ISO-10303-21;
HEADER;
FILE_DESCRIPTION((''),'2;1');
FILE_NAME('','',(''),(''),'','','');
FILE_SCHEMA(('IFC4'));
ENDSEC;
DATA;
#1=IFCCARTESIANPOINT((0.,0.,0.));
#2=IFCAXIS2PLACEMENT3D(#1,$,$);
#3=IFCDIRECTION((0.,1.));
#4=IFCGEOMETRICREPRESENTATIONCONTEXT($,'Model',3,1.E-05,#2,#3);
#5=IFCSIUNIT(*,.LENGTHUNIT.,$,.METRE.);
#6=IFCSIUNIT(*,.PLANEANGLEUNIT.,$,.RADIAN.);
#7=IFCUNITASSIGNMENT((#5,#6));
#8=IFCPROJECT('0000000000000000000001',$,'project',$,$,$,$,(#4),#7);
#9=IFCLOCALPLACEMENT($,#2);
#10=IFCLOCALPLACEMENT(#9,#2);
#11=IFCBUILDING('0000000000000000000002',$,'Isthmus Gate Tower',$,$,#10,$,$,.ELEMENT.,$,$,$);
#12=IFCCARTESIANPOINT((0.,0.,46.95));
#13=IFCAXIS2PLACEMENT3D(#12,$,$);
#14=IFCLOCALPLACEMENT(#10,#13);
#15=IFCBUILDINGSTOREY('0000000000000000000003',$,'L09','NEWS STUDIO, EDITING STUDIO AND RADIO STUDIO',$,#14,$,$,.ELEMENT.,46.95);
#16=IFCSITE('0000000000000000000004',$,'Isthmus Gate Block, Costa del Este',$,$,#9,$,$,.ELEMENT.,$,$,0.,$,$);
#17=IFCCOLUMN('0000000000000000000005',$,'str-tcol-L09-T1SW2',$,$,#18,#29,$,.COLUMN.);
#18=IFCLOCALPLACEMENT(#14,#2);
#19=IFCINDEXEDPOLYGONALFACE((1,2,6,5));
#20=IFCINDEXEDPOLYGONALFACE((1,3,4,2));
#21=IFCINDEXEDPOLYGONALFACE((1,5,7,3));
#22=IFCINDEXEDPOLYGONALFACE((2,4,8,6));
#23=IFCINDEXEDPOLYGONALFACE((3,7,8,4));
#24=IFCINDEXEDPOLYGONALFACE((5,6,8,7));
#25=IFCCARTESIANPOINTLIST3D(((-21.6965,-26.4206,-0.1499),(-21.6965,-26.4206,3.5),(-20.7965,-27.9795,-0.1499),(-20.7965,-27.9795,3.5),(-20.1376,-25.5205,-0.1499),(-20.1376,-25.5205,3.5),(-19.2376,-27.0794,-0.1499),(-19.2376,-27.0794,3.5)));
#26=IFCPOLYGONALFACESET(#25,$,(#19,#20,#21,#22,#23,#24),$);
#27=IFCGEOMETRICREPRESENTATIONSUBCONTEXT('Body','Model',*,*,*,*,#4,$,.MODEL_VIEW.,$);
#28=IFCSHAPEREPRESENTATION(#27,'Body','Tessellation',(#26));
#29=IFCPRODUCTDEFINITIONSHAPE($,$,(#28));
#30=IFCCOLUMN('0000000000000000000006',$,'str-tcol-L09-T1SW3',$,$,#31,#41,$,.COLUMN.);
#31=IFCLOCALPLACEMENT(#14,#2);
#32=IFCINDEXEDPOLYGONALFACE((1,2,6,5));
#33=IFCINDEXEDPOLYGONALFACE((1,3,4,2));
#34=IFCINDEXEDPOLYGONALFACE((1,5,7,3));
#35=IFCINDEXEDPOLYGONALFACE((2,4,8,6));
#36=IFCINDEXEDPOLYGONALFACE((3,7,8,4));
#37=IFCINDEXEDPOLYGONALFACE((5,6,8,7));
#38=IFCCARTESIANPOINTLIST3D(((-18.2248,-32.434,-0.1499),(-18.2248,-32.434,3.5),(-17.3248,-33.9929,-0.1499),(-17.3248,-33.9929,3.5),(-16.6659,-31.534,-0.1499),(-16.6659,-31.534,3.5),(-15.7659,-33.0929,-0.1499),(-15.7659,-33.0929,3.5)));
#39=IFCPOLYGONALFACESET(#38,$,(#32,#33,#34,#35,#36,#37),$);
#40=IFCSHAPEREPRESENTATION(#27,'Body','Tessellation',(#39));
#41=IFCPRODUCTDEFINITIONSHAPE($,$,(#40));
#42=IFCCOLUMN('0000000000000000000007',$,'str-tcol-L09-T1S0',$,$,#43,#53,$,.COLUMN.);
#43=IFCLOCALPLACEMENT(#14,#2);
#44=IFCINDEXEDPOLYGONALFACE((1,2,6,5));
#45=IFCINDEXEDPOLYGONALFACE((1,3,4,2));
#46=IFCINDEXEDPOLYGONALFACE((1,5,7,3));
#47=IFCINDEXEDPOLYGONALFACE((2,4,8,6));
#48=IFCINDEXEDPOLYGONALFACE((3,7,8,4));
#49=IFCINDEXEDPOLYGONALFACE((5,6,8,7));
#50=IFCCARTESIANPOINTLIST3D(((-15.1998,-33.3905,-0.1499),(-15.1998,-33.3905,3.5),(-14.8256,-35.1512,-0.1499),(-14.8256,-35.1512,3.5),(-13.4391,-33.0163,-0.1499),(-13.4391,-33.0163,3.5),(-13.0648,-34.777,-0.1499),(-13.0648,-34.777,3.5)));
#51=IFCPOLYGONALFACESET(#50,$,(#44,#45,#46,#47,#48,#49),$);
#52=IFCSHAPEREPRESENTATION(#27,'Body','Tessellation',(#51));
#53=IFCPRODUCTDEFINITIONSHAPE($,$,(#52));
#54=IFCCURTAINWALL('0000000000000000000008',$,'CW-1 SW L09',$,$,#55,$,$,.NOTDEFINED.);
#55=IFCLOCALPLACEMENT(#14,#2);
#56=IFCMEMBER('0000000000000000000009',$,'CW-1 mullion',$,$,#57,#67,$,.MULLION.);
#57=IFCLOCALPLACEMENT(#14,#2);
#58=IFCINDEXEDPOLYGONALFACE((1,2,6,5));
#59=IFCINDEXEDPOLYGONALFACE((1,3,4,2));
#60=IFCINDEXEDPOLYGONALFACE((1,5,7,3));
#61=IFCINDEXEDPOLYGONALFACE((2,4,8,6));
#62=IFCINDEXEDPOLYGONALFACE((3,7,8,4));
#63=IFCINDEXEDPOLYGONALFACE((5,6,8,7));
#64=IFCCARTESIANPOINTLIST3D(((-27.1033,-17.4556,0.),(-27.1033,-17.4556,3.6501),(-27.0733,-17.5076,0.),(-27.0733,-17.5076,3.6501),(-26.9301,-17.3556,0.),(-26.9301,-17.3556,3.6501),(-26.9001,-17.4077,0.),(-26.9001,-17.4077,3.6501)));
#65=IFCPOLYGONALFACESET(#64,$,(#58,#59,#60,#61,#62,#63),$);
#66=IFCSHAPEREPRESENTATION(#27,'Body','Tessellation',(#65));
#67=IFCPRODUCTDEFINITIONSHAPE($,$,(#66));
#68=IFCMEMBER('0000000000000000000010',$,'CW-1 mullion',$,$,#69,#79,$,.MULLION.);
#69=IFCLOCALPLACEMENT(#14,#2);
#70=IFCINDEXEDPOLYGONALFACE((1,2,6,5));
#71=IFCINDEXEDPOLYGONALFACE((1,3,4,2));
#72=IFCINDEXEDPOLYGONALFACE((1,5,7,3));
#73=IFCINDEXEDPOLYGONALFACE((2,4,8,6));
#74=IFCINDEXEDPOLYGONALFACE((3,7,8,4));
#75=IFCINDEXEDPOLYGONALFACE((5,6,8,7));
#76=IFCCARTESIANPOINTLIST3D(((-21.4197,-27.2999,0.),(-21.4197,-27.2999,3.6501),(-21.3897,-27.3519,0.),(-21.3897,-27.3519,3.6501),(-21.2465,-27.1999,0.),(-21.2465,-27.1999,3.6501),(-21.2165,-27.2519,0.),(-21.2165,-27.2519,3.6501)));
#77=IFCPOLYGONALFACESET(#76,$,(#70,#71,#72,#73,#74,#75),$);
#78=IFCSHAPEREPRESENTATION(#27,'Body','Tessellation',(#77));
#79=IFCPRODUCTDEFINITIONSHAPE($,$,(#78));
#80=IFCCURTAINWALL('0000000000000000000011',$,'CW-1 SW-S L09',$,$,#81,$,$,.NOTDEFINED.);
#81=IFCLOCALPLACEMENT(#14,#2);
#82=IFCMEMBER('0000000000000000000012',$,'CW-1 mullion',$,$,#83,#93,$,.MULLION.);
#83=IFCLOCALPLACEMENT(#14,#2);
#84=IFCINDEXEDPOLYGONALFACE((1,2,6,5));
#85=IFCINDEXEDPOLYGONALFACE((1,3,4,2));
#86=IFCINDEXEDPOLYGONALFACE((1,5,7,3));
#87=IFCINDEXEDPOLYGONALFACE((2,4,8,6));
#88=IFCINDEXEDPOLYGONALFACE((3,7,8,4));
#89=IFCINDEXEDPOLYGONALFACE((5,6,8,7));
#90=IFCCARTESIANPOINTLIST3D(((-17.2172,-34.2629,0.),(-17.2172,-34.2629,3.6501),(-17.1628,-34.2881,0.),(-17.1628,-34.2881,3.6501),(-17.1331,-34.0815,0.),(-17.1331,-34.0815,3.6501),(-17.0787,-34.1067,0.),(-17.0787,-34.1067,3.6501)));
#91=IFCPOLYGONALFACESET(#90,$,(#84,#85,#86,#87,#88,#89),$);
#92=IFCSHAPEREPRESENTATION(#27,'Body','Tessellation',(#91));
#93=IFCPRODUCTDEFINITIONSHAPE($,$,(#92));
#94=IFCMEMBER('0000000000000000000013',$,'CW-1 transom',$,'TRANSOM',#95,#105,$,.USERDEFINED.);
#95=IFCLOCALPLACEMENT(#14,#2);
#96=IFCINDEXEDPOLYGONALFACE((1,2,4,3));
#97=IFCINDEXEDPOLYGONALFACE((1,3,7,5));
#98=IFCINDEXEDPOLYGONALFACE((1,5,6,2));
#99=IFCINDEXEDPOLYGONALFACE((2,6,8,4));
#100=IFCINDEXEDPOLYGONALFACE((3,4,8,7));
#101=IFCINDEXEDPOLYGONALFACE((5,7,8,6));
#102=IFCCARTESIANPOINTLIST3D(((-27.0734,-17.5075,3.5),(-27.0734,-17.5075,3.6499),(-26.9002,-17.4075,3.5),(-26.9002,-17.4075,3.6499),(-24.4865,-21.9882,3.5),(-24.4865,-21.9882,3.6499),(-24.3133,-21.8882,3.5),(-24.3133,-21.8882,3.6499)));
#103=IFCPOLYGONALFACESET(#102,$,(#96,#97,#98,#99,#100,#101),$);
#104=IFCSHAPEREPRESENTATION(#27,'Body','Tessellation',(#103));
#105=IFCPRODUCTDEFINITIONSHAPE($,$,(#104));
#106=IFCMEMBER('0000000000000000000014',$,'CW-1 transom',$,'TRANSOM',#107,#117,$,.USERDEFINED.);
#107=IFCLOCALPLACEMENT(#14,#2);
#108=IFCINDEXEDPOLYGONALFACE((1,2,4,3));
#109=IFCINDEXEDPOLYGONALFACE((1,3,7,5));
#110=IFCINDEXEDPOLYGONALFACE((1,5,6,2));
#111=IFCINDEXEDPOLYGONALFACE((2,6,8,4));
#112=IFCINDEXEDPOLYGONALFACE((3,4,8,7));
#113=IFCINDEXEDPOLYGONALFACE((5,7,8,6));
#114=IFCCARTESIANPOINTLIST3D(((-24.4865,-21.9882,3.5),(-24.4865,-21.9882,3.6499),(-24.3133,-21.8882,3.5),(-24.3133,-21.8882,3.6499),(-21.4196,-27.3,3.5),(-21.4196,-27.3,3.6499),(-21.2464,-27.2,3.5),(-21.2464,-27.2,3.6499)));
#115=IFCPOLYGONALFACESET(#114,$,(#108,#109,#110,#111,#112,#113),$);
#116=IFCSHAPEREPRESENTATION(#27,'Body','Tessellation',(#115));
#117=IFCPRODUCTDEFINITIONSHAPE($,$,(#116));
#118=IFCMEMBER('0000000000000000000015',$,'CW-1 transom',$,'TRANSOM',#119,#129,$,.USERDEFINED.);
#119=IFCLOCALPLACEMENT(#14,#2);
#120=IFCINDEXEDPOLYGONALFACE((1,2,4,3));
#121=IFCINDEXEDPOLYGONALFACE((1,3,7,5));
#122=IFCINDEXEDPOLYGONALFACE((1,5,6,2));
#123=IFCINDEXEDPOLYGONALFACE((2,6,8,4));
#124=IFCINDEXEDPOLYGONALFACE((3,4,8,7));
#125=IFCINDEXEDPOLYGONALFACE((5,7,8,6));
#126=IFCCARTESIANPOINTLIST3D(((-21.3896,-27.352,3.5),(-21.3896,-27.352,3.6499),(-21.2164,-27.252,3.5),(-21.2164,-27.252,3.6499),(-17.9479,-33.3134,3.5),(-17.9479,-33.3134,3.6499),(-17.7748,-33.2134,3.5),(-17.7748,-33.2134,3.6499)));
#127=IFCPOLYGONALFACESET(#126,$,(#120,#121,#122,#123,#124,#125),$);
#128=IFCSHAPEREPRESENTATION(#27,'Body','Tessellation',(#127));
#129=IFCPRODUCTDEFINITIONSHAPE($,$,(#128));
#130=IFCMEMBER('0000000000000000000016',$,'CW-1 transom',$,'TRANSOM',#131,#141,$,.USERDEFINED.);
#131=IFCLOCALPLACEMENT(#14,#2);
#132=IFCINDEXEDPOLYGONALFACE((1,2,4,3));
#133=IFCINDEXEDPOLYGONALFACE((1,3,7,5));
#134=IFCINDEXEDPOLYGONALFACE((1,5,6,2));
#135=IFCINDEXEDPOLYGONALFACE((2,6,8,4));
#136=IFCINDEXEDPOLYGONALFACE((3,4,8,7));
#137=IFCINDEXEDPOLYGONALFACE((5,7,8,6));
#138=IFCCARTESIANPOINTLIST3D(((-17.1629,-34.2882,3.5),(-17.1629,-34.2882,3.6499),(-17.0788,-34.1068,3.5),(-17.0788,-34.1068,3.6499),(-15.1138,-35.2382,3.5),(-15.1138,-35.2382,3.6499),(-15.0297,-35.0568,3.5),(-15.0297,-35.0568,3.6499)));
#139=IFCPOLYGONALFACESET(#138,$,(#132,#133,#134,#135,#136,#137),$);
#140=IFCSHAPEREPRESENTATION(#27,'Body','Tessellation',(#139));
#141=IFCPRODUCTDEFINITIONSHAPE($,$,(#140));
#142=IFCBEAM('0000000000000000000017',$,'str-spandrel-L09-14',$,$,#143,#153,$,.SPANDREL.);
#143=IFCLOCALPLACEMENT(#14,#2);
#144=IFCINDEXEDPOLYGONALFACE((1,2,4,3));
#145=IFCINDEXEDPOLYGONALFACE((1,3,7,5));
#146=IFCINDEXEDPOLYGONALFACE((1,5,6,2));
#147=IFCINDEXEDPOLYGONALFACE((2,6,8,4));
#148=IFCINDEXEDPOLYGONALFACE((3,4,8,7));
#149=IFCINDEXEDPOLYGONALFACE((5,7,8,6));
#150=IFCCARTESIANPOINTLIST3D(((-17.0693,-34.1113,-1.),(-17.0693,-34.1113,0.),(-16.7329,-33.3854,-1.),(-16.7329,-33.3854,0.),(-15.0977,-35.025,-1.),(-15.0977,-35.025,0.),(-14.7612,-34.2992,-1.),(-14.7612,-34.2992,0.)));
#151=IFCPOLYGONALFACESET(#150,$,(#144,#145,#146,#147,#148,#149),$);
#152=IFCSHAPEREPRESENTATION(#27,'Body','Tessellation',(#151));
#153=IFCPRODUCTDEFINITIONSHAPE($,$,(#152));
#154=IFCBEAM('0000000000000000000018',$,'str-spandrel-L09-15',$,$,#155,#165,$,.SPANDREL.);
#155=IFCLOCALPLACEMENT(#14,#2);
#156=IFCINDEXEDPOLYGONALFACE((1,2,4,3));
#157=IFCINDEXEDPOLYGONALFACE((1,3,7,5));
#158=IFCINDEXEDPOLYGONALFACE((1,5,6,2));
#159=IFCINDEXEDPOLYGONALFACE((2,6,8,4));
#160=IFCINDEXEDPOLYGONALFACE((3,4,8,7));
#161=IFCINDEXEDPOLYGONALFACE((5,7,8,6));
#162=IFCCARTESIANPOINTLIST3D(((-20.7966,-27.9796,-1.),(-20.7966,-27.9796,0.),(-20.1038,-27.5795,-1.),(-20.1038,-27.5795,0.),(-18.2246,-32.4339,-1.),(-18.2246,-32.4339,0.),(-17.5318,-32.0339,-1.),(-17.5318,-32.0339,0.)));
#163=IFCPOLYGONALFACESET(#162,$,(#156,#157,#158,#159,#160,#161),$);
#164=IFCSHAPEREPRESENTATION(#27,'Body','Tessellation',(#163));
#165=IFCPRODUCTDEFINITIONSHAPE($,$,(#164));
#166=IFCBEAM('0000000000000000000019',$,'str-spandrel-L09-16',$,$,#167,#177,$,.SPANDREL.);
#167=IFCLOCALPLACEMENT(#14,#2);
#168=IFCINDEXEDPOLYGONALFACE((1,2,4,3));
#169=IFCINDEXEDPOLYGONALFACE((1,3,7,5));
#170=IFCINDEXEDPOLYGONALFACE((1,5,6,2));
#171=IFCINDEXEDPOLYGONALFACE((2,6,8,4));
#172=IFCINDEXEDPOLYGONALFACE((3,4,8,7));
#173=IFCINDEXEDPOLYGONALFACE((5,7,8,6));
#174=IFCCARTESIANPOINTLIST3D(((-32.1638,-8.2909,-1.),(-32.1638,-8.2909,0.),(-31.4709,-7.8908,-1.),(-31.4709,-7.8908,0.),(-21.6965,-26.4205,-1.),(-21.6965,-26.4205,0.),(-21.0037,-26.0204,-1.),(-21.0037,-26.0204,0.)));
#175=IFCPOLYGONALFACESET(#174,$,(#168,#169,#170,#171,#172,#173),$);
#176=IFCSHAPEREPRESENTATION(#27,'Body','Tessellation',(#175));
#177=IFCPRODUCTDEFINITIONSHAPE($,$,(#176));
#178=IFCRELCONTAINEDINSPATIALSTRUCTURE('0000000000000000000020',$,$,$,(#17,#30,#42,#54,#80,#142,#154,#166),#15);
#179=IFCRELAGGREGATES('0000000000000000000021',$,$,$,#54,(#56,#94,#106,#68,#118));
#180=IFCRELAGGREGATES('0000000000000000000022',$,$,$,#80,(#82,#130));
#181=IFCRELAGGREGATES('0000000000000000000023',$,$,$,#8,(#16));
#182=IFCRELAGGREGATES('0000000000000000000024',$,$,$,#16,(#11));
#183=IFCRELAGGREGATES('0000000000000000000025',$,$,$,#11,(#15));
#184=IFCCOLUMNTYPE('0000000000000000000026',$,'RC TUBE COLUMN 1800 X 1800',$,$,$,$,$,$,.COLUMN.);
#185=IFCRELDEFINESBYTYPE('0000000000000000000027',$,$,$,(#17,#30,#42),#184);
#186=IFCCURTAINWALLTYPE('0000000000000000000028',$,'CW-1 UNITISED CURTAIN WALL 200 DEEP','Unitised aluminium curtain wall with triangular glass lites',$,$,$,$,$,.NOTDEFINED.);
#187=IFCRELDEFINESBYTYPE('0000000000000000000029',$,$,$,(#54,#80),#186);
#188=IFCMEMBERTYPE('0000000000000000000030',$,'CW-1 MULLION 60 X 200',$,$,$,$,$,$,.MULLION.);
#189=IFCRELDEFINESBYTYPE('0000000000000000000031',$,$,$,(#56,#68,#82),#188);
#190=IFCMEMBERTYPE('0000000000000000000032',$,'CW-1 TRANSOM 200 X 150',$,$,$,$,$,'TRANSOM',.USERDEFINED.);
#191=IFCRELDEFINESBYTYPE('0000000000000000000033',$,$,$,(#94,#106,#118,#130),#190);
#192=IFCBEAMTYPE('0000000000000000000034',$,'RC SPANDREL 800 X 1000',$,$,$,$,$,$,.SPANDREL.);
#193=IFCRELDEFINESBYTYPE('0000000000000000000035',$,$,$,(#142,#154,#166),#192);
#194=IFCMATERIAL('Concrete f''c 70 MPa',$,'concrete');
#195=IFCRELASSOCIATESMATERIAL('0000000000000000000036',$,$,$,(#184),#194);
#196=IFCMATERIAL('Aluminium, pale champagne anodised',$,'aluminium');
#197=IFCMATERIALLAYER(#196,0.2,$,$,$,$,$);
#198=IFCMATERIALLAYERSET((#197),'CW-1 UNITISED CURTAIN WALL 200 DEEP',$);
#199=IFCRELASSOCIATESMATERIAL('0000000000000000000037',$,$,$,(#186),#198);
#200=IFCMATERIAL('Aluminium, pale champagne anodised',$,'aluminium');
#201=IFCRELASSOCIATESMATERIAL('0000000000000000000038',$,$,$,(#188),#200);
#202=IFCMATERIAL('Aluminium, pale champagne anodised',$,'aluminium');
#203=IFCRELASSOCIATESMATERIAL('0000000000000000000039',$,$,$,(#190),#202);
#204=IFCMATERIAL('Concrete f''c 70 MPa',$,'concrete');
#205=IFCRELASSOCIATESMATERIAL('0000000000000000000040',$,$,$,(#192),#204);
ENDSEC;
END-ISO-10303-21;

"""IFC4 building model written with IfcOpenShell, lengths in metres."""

from ifc_helpers import new_model, si_unit, direction, frame, origin, origin_2d, place, context, subcontext, project, spatial, rectangle, extrude, material, layer, layer_set, material_profile, profile_set, type_object, element, aggregate, save


model = new_model("IFC4")

# Units and contexts
model_context = context("Model", 3, precision=1e-05, world=origin(), true_north=direction((0.0, 1.0)))
body_context = subcontext(model_context, "Body", "Model", "MODEL_VIEW")
ifc_project = project(units=[si_unit("LENGTHUNIT", "METRE"), si_unit("PLANEANGLEUNIT", "RADIAN")], contexts=[model_context])

# Site, building, storey
site_placement = place(None, origin())
site = spatial("IfcSite", under=ifc_project, at=site_placement, Name="Isthmus Gate Block, Costa del Este", CompositionType="ELEMENT", RefElevation=0.0)
building_placement = place(site_placement, origin())
building = spatial("IfcBuilding", under=site, at=building_placement, Name="Isthmus Gate Tower", CompositionType="ELEMENT")
storey_placement = place(building_placement, frame((0.0, 0.0, 46.95)))
storey = spatial("IfcBuildingStorey", under=building, at=storey_placement, Name="L09", Description="NEWS STUDIO, EDITING STUDIO AND RADIO STUDIO", CompositionType="ELEMENT", Elevation=46.95)

# Columns
ifc_material_1 = material(Name="Concrete f'c 70 MPa", Category="concrete")
ifc_material_profile_1 = material_profile(ifc_material_1, rectangle(XDim=1.8, YDim=1.8, at=origin_2d()), Name="RC 1800X1800")
ifc_profile_set_1 = profile_set([ifc_material_profile_1], Name="Concrete f'c 70 MPa")
column_type = type_object("IfcColumnType", Name="RC TUBE COLUMN 1800 X 1800", PredefinedType="COLUMN", material=ifc_profile_set_1)
for number, where, z_axis, x_axis, name in (
    (1, (-20.467, -26.75, -0.1499), (0.0, 0.0, 1.0), (0.5, -0.866025, 0.0), "str-tcol-L09-T1SW2"),
    (2, (-16.9954, -32.7634, -0.1499), (0.0, 0.0, 1.0), (0.5, -0.866025, 0.0), "str-tcol-L09-T1SW3"),
    (3, (-14.1323, -34.0837, -0.1499), (0.0, 0.0, 1.0), (0.978148, 0.207912, 0.0), "str-tcol-L09-T1S0"),
):
    element("IfcColumn", number, at=place(storey_placement, frame(where, z_axis=z_axis, x_axis=x_axis)), inside=storey, type_object=column_type, Name=name, PredefinedType="COLUMN", context=body_context, shape_type="SweptSolid", body=[
        extrude(rectangle(XDim=1.8, YDim=1.8, at=origin_2d()), origin(), (0.0, 0.0, 1.0), 3.6499),
    ])

# Curtain wall, members
ifc_material_2 = material(Name="Aluminium, pale champagne anodised", Category="aluminium")
ifc_layer_1 = layer(ifc_material_2, 0.2)
ifc_layer_set_1 = layer_set([ifc_layer_1], Name="CW-1 UNITISED CURTAIN WALL 200 DEEP")
curtain_wall_type = type_object("IfcCurtainWallType", Name="CW-1 UNITISED CURTAIN WALL 200 DEEP", Description="Unitised aluminium curtain wall with triangular glass lites", PredefinedType="NOTDEFINED", material=ifc_layer_set_1)
curtain_wall_1_placement = place(storey_placement, origin())
curtain_wall_1 = element("IfcCurtainWall", 4, at=curtain_wall_1_placement, inside=storey, type_object=curtain_wall_type, Name="CW-1 SW L09", PredefinedType="NOTDEFINED")
ifc_material_3 = material(Name="Aluminium, pale champagne anodised", Category="aluminium")
ifc_material_profile_2 = material_profile(ifc_material_3, rectangle(XDim=0.0601, YDim=0.2, at=origin_2d()), Name="60x200")
ifc_profile_set_2 = profile_set([ifc_material_profile_2], Name="Aluminium, pale champagne anodised")
member_type_1 = type_object("IfcMemberType", Name="CW-1 MULLION 60 X 200", PredefinedType="MULLION", material=ifc_profile_set_2)
member_1_placement = place(storey_placement, frame((-27.0017, -17.4316, 0.0), z_axis=(0.0, 0.0, 1.0), x_axis=(0.5, -0.866025, 0.0)))
member_1 = element("IfcMember", 5, at=member_1_placement, type_object=member_type_1, Name="CW-1 mullion", PredefinedType="MULLION", context=body_context, shape_type="SweptSolid", body=[
    extrude(rectangle(XDim=0.0601, YDim=0.2, at=origin_2d()), origin(), (0.0, 0.0, 1.0), 3.6501),
])
member_2_placement = place(storey_placement, frame((-21.3181, -27.2759, 0.0), z_axis=(0.0, 0.0, 1.0), x_axis=(0.5, -0.866025, 0.0)))
member_2 = element("IfcMember", 6, at=member_2_placement, type_object=member_type_1, Name="CW-1 mullion", PredefinedType="MULLION", context=body_context, shape_type="SweptSolid", body=[
    extrude(rectangle(XDim=0.0601, YDim=0.2, at=origin_2d()), origin(), (0.0, 0.0, 1.0), 3.6501),
])

# Curtain wall, member
curtain_wall_2_placement = place(storey_placement, origin())
curtain_wall_2 = element("IfcCurtainWall", 7, at=curtain_wall_2_placement, inside=storey, type_object=curtain_wall_type, Name="CW-1 SW-S L09", PredefinedType="NOTDEFINED")
member_3_placement = place(storey_placement, frame((-17.1479, -34.1848, 0.0), z_axis=(0.0, 0.0, 1.0), x_axis=(0.907256, -0.420578, 0.0)))
member_3 = element("IfcMember", 8, at=member_3_placement, type_object=member_type_1, Name="CW-1 mullion", PredefinedType="MULLION", context=body_context, shape_type="SweptSolid", body=[
    extrude(rectangle(XDim=0.0601, YDim=0.2, at=origin_2d()), origin(), (0.0, 0.0, 1.0), 3.6501),
])

# Members
ifc_material_4 = material(Name="Aluminium, pale champagne anodised", Category="aluminium")
ifc_material_profile_3 = material_profile(ifc_material_4, rectangle(XDim=0.2, YDim=0.1499, at=origin_2d()), Name="200x150")
ifc_profile_set_3 = profile_set([ifc_material_profile_3], Name="Aluminium, pale champagne anodised")
member_type_2 = type_object("IfcMemberType", Name="CW-1 TRANSOM 200 X 150", ElementType="TRANSOM", PredefinedType="USERDEFINED", material=ifc_profile_set_3)
member_4_placement = place(storey_placement, frame((-26.9868, -17.4575, 3.575), z_axis=(0.499996, -0.866028, 0.0), x_axis=(0.866028, 0.499996, 0.0)))
member_4 = element("IfcMember", 9, at=member_4_placement, type_object=member_type_2, Name="CW-1 transom", ObjectType="TRANSOM", PredefinedType="USERDEFINED", context=body_context, shape_type="SweptSolid", body=[
    extrude(rectangle(XDim=0.2, YDim=0.1499, at=origin_2d()), origin(), (0.0, 0.0, 1.0), 5.1738),
])
member_5_placement = place(storey_placement, frame((-24.3999, -21.9382, 3.575), z_axis=(0.500018, -0.866015, 0.0), x_axis=(0.866015, 0.500018, 0.0)))
member_5 = element("IfcMember", 10, at=member_5_placement, type_object=member_type_2, Name="CW-1 transom", ObjectType="TRANSOM", PredefinedType="USERDEFINED", context=body_context, shape_type="SweptSolid", body=[
    extrude(rectangle(XDim=0.2, YDim=0.1499, at=origin_2d()), origin(), (0.0, 0.0, 1.0), 6.1335),
])
member_6_placement = place(storey_placement, frame((-21.303, -27.302, 3.575), z_axis=(0.49998, -0.866037, 0.0), x_axis=(0.866037, 0.49998, 0.0)))
member_6 = element("IfcMember", 11, at=member_6_placement, type_object=member_type_2, Name="CW-1 transom", ObjectType="TRANSOM", PredefinedType="USERDEFINED", context=body_context, shape_type="SweptSolid", body=[
    extrude(rectangle(XDim=0.2, YDim=0.1499, at=origin_2d()), origin(), (0.0, 0.0, 1.0), 6.8835),
])
member_7_placement = place(storey_placement, frame((-17.1208, -34.1975, 3.575), z_axis=(0.907246, -0.4206, 0.0), x_axis=(0.4206, 0.907246, 0.0)))
member_7 = element("IfcMember", 12, at=member_7_placement, type_object=member_type_2, Name="CW-1 transom", ObjectType="TRANSOM", PredefinedType="USERDEFINED", context=body_context, shape_type="SweptSolid", body=[
    extrude(rectangle(XDim=0.2, YDim=0.1499, at=origin_2d()), origin(), (0.0, 0.0, 1.0), 2.2585),
])

# Beams
ifc_material_5 = material(Name="Concrete f'c 70 MPa", Category="concrete")
ifc_material_profile_4 = material_profile(ifc_material_5, rectangle(XDim=0.8, YDim=1.0, at=origin_2d()), Name="RC 800X1000")
ifc_profile_set_4 = profile_set([ifc_material_profile_4], Name="Concrete f'c 70 MPa")
beam_type_1 = type_object("IfcBeamType", Name="RC SPANDREL 800 X 1000", PredefinedType="SPANDREL", material=ifc_profile_set_4)
beam_1_placement = place(storey_placement, frame((-14.9294, -34.6621, -0.5), z_axis=(-0.907291, 0.420504, 0.0), x_axis=(-0.420504, -0.907291, 0.0)))
element("IfcBeam", 13, at=beam_1_placement, inside=storey, type_object=beam_type_1, Name="str-spandrel-L09-14", PredefinedType="SPANDREL", context=body_context, shape_type="SweptSolid", body=[
    extrude(rectangle(XDim=0.8, YDim=1.0, at=origin_2d()), origin(), (0.0, 0.0, 1.0), 2.1731),
])
beam_2_placement = place(storey_placement, frame((-17.8782, -32.2339, -0.5), z_axis=(-0.500044, 0.866, 0.0), x_axis=(-0.866, -0.500044, 0.0)))
element("IfcBeam", 14, at=beam_2_placement, inside=storey, type_object=beam_type_1, Name="str-spandrel-L09-15", PredefinedType="SPANDREL", context=body_context, shape_type="SweptSolid", body=[
    extrude(rectangle(XDim=0.8, YDim=1.0, at=origin_2d()), origin(), (0.0, 0.0, 1.0), 5.1436),
])
beam_3_placement = place(storey_placement, frame((-21.3501, -26.2205, -0.5), z_axis=(-0.500005, 0.866023, 0.0), x_axis=(-0.866023, -0.500005, 0.0)))
element("IfcBeam", 15, at=beam_3_placement, inside=storey, type_object=beam_type_1, Name="str-spandrel-L09-16", PredefinedType="SPANDREL", context=body_context, shape_type="SweptSolid", body=[
    extrude(rectangle(XDim=0.8, YDim=1.0, at=origin_2d()), origin(), (0.0, 0.0, 1.0), 20.9343),
])

aggregate(curtain_wall_1, [member_1, member_4, member_5, member_2, member_6])
aggregate(curtain_wall_2, [member_3, member_7])

save(model, "model.ifc")
